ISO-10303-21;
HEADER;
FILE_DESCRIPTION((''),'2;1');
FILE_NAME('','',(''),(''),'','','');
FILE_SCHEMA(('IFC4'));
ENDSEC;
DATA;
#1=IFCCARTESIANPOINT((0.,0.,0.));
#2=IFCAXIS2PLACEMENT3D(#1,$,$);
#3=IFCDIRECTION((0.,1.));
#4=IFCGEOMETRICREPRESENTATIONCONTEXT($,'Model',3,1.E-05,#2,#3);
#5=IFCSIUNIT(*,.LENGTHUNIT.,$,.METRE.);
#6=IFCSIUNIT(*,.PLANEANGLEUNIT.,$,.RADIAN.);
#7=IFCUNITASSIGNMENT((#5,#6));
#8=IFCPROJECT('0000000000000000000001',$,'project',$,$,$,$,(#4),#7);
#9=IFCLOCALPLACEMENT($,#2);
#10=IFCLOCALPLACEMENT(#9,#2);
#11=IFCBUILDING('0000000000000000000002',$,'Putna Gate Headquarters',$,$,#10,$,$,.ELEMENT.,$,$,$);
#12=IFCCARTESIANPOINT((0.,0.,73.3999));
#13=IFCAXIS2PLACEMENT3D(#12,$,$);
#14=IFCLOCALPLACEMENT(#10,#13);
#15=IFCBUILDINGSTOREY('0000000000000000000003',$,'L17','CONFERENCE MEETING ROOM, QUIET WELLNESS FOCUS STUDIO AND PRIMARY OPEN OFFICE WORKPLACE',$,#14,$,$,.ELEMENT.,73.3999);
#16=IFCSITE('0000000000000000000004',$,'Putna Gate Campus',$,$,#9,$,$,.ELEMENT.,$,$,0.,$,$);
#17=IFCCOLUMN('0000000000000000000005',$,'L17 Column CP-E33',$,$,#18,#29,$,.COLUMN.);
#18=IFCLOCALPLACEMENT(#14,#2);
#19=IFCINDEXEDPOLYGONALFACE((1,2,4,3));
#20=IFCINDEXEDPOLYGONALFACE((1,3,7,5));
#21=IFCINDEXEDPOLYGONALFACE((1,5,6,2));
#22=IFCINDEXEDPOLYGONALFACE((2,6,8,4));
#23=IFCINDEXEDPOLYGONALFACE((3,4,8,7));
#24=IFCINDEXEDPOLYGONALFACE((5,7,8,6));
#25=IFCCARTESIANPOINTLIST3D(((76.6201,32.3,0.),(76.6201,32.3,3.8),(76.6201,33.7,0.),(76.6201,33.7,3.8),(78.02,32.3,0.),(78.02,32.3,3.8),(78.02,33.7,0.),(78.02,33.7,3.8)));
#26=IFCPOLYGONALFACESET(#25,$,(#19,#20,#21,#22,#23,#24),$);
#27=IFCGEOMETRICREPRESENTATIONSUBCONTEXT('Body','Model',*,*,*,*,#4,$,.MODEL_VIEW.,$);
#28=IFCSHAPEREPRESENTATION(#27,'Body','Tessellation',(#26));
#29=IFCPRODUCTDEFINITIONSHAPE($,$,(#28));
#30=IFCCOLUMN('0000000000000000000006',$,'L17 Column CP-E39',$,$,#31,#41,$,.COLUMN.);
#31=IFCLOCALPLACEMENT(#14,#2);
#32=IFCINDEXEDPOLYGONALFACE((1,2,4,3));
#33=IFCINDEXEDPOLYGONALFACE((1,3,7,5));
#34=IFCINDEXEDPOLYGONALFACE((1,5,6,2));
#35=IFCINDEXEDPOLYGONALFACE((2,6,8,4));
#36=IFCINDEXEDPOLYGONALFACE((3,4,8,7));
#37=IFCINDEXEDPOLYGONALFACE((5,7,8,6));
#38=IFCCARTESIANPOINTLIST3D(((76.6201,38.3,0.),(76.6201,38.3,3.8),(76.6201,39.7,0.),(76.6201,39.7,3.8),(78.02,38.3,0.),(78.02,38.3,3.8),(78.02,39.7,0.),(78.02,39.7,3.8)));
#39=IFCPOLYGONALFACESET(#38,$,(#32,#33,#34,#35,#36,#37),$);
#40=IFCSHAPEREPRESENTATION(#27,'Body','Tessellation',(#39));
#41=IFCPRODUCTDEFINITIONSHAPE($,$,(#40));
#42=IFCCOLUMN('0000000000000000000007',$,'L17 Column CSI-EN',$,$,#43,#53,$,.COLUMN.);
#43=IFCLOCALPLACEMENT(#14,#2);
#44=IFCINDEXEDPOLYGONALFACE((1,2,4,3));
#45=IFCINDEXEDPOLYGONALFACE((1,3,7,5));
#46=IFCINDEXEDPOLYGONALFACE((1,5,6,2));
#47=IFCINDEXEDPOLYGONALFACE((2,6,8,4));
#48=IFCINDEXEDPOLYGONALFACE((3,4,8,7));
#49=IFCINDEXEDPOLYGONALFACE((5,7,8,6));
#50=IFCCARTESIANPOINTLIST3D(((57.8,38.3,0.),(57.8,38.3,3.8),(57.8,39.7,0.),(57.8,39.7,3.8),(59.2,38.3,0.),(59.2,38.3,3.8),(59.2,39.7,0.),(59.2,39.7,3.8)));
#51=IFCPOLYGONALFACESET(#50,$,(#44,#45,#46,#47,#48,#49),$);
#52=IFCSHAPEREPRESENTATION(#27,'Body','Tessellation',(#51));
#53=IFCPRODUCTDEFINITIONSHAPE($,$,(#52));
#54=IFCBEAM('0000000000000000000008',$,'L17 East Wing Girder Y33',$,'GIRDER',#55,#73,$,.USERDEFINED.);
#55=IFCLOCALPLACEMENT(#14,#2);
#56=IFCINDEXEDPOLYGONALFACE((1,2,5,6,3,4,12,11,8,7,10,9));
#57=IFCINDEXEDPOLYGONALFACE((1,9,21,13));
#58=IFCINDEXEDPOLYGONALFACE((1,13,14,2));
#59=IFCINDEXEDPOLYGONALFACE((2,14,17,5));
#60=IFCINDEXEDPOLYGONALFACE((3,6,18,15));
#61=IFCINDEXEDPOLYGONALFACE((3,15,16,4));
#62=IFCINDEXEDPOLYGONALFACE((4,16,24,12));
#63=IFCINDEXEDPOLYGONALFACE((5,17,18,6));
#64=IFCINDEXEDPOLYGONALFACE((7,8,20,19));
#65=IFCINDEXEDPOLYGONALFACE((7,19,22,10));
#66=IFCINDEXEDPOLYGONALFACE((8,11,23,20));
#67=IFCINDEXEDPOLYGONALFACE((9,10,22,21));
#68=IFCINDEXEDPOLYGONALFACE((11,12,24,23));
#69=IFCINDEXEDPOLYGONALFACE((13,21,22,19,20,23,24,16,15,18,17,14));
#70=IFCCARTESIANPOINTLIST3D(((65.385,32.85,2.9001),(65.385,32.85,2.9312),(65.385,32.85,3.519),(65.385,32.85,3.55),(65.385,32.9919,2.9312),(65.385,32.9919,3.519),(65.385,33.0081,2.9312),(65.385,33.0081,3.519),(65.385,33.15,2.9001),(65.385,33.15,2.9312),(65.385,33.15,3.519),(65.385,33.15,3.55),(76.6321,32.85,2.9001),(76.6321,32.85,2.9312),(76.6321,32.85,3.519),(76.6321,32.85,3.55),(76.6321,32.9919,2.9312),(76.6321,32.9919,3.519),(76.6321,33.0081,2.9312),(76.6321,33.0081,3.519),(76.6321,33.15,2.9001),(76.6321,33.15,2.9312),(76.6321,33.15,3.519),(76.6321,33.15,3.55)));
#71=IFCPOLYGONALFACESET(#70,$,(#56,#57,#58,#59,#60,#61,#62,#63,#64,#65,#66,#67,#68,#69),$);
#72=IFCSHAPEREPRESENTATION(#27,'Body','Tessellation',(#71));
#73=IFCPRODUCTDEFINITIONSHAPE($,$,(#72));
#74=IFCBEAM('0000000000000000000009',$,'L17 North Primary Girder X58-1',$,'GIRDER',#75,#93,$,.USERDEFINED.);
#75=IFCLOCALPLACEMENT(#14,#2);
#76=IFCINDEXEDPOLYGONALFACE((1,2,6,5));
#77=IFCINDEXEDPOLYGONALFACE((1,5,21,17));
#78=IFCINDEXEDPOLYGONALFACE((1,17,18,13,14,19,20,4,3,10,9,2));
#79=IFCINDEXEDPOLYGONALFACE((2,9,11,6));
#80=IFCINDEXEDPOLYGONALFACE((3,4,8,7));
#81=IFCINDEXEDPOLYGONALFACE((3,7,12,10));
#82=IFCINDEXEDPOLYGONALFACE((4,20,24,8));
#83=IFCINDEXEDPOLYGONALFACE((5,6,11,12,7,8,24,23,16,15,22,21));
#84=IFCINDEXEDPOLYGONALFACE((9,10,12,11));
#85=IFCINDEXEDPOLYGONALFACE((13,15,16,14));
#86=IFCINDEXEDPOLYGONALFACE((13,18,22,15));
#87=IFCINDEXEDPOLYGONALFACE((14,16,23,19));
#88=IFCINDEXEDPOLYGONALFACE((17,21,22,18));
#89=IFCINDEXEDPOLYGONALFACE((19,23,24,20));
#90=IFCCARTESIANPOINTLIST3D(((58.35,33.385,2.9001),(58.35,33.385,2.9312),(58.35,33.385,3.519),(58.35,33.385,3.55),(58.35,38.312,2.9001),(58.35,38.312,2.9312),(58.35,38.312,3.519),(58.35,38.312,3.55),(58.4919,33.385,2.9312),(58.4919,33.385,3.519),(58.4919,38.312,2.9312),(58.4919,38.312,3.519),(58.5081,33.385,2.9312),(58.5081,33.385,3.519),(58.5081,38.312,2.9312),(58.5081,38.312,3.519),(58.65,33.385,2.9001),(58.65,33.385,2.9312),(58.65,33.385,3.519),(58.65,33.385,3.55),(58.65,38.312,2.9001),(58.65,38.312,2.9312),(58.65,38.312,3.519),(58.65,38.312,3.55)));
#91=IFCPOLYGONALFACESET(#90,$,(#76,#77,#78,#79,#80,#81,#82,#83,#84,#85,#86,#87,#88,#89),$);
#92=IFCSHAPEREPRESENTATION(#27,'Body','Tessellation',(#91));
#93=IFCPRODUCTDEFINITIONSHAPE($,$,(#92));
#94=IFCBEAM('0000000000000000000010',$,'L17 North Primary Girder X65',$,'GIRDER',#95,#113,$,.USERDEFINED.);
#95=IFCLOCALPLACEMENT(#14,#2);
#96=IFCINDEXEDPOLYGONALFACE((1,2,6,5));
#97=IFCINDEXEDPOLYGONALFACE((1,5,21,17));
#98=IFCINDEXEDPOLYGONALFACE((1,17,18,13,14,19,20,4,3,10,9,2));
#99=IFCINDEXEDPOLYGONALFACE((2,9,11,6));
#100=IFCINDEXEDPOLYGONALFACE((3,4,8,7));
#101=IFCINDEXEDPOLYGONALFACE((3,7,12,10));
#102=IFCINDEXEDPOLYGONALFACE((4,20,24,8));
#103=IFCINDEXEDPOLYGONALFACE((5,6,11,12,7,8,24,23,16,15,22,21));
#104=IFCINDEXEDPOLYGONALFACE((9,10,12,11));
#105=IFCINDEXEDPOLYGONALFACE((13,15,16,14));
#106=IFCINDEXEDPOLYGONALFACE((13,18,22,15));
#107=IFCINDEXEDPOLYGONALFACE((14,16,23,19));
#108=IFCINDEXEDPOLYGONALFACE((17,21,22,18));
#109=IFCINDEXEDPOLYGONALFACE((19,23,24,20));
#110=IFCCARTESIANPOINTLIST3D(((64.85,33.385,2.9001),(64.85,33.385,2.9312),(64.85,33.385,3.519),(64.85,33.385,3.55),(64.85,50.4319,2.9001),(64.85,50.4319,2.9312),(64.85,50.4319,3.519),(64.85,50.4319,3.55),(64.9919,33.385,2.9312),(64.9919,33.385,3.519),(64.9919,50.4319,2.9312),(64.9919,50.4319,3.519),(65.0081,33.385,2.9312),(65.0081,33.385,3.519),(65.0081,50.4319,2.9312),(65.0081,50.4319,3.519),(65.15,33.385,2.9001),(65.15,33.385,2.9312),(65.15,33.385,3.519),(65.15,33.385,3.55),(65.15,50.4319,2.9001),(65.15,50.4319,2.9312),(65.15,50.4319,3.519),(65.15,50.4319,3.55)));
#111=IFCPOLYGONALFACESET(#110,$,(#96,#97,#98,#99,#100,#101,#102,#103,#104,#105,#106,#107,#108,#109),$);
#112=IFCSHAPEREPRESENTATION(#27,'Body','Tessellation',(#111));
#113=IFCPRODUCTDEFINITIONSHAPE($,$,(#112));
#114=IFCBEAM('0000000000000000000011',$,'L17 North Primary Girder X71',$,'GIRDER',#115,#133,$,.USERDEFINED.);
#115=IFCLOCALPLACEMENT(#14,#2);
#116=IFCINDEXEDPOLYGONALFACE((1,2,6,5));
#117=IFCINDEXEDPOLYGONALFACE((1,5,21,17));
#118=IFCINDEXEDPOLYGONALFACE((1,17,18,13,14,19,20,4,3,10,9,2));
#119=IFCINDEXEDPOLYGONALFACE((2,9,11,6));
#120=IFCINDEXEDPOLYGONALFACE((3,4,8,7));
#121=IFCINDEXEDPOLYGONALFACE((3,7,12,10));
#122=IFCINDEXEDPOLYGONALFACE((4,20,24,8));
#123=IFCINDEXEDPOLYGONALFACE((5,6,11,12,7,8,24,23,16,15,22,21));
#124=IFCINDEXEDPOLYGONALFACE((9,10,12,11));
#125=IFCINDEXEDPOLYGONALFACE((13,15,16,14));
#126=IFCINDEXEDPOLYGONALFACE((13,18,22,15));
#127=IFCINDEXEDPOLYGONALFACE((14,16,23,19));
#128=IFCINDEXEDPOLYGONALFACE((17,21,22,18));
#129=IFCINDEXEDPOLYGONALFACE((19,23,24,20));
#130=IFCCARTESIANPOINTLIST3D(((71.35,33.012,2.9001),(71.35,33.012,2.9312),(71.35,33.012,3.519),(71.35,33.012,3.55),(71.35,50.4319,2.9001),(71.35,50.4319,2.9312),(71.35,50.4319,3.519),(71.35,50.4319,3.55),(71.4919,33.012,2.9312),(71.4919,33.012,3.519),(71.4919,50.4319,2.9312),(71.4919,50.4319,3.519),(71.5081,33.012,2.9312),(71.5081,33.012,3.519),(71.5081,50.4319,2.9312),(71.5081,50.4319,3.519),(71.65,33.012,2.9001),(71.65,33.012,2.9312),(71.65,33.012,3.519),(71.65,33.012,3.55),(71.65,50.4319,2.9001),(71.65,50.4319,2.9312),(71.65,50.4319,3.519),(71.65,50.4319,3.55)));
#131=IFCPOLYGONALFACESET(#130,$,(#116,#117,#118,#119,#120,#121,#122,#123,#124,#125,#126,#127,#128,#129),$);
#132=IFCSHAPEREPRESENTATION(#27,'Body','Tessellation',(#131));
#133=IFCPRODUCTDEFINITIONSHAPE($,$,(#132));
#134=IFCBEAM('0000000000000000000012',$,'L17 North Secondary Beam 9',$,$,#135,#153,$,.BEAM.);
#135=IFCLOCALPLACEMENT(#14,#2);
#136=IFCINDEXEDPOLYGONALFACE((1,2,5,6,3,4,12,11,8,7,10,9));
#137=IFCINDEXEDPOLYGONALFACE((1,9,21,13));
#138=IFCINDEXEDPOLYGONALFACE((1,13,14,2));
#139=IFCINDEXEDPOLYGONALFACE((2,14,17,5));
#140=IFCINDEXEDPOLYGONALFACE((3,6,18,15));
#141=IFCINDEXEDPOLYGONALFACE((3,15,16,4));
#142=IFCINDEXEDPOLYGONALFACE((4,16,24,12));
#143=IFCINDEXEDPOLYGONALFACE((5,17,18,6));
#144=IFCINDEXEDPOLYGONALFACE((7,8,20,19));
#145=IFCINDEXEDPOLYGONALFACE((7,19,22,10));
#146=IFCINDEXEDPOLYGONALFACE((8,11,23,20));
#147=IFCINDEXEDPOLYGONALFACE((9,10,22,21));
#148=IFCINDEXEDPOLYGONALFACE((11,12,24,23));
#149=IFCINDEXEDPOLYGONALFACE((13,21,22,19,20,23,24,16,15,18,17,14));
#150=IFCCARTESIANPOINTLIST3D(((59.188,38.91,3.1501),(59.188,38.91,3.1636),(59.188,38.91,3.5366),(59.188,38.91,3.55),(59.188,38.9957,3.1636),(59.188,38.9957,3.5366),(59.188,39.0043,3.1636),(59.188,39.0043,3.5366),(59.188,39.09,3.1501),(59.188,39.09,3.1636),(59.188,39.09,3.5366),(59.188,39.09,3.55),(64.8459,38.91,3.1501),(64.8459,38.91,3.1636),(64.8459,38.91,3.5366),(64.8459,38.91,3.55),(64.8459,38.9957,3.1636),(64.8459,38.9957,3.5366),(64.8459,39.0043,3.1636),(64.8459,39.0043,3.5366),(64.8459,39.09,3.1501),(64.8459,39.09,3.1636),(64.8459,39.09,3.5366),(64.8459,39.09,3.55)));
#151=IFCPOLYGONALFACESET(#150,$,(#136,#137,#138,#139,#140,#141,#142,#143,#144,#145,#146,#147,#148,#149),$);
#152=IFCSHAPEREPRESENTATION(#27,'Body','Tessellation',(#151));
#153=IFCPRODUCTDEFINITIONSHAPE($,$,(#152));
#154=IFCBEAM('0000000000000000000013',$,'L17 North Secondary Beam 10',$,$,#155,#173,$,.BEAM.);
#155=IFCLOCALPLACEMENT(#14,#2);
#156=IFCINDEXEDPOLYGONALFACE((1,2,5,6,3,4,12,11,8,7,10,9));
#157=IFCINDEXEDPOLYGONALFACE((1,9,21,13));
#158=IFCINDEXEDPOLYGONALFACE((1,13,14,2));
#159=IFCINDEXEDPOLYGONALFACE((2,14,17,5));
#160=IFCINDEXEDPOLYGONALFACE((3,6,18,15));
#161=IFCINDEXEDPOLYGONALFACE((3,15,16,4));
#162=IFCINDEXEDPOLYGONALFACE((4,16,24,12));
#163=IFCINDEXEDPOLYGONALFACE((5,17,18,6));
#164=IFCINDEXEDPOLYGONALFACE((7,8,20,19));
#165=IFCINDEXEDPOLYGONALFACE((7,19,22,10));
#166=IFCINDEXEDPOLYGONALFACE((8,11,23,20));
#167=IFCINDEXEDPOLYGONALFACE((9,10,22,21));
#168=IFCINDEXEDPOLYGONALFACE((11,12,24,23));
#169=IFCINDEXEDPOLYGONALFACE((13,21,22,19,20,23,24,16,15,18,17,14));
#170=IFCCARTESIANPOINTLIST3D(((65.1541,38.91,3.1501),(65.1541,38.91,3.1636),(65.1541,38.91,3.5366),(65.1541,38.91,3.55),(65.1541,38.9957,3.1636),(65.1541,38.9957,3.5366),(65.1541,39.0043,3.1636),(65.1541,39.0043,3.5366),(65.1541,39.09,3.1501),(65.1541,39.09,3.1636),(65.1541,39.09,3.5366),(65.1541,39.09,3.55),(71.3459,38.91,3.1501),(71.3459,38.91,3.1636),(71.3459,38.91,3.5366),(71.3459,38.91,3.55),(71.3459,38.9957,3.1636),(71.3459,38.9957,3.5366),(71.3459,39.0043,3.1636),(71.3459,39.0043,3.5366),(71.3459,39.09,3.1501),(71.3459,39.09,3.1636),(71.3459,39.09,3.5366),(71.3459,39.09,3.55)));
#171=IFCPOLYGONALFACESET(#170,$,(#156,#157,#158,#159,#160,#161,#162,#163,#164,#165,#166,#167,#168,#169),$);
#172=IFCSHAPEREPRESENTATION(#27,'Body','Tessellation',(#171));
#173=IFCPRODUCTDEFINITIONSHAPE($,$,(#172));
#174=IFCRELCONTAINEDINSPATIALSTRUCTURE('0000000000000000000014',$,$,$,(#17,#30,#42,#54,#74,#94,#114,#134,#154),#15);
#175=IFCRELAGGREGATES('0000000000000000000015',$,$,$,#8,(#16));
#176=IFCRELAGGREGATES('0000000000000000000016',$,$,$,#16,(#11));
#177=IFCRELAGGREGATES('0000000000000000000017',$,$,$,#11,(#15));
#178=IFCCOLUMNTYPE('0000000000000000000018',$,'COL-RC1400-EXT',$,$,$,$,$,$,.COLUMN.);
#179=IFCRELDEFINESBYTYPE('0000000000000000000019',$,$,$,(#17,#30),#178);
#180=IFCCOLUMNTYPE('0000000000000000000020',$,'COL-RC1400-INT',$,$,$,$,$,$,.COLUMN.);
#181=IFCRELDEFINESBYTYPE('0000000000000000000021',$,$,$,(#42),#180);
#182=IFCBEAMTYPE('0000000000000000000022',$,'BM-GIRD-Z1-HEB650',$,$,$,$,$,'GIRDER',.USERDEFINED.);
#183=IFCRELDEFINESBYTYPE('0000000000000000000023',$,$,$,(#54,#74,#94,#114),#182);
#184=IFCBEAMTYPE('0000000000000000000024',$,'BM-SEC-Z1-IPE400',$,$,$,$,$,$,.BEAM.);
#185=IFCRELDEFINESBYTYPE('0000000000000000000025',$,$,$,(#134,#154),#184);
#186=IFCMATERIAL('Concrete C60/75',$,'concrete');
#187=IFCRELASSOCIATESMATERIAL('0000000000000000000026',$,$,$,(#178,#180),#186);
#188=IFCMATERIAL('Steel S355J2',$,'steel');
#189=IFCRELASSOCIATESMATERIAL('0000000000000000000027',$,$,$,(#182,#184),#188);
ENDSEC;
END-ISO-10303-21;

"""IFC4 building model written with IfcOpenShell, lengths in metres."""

from ifc_helpers import new_model, si_unit, direction, frame, origin, origin_2d, place, context, subcontext, project, spatial, rectangle, i_section, extrude, material, material_profile, profile_set, type_object, element, save


model = new_model("IFC4")

# Units and contexts
model_context = context("Model", 3, precision=1e-05, world=origin(), true_north=direction((0.0, 1.0)))
body_context = subcontext(model_context, "Body", "Model", "MODEL_VIEW")
ifc_project = project(units=[si_unit("LENGTHUNIT", "METRE"), si_unit("PLANEANGLEUNIT", "RADIAN")], contexts=[model_context])

# Site, building, storey
site_placement = place(None, origin())
site = spatial("IfcSite", under=ifc_project, at=site_placement, Name="Putna Gate Campus", CompositionType="ELEMENT", RefElevation=0.0)
building_placement = place(site_placement, origin())
building = spatial("IfcBuilding", under=site, at=building_placement, Name="Putna Gate Headquarters", CompositionType="ELEMENT")
storey_placement = place(building_placement, frame((0.0, 0.0, 73.3999)))
storey = spatial("IfcBuildingStorey", under=building, at=storey_placement, Name="L17", Description="CONFERENCE MEETING ROOM, QUIET WELLNESS FOCUS STUDIO AND PRIMARY OPEN OFFICE WORKPLACE", CompositionType="ELEMENT", Elevation=73.3999)

# Columns
ifc_material_1 = material(Name="Concrete C60/75", Category="concrete")
ifc_material_profile_1 = material_profile(ifc_material_1, rectangle(XDim=1.3999, YDim=1.3999, at=origin_2d()), Name="Concrete C60/75")
ifc_profile_set_1 = profile_set([ifc_material_profile_1], Name="Concrete C60/75")
column_type_1 = type_object("IfcColumnType", Name="COL-RC1400-EXT", PredefinedType="COLUMN", material=ifc_profile_set_1)
for number, where, z_axis, x_axis, name in (
    (1, (77.3201, 33.0, 0.0), (0.0, 0.0, 1.0), (1.0, 0.0, 0.0), "L17 Column CP-E33"),
    (2, (77.3201, 39.0, 0.0), (0.0, 0.0, 1.0), (1.0, 0.0, 0.0), "L17 Column CP-E39"),
):
    element("IfcColumn", number, at=place(storey_placement, frame(where, z_axis=z_axis, x_axis=x_axis)), inside=storey, type_object=column_type_1, Name=name, PredefinedType="COLUMN", context=body_context, shape_type="SweptSolid", body=[
        extrude(rectangle(XDim=1.3999, YDim=1.3999, at=origin_2d()), origin(), (0.0, 0.0, 1.0), 3.8),
    ])
ifc_material_profile_2 = material_profile(ifc_material_1, rectangle(XDim=1.3999, YDim=1.3999, at=origin_2d()), Name="Concrete C60/75")
ifc_profile_set_2 = profile_set([ifc_material_profile_2], Name="Concrete C60/75")
column_type_2 = type_object("IfcColumnType", Name="COL-RC1400-INT", PredefinedType="COLUMN", material=ifc_profile_set_2)
column_placement = place(storey_placement, frame((58.5, 39.0, 0.0), z_axis=(0.0, 0.0, 1.0), x_axis=(1.0, 0.0, 0.0)))
element("IfcColumn", 3, at=column_placement, inside=storey, type_object=column_type_2, Name="L17 Column CSI-EN", PredefinedType="COLUMN", context=body_context, shape_type="SweptSolid", body=[
    extrude(rectangle(XDim=1.3999, YDim=1.3999, at=origin_2d()), origin(), (0.0, 0.0, 1.0), 3.8),
])

# Beams
ifc_material_2 = material(Name="Steel S355J2", Category="steel")
ifc_material_profile_3 = material_profile(ifc_material_2, i_section(OverallWidth=0.3, OverallDepth=0.6499, WebThickness=0.0161, FlangeThickness=0.031, at=origin_2d()), Name="Steel S355J2")
ifc_profile_set_3 = profile_set([ifc_material_profile_3], Name="Steel S355J2")
beam_type_1 = type_object("IfcBeamType", Name="BM-GIRD-Z1-HEB650", ElementType="GIRDER", PredefinedType="USERDEFINED", material=ifc_profile_set_3)
beam_1_placement = place(storey_placement, frame((65.385, 33.0, 3.2251), z_axis=(1.0, 0.0, 0.0), x_axis=(0.0, 1.0, 0.0)))
element("IfcBeam", 4, at=beam_1_placement, inside=storey, type_object=beam_type_1, Name="L17 East Wing Girder Y33", ObjectType="GIRDER", PredefinedType="USERDEFINED", context=body_context, shape_type="SweptSolid", body=[
    extrude(i_section(OverallWidth=0.3, OverallDepth=0.6499, WebThickness=0.0161, FlangeThickness=0.031, at=origin_2d()), origin(), (0.0, 0.0, 1.0), 11.2471),
])
beam_2_placement = place(storey_placement, frame((58.5, 33.385, 3.2251), z_axis=(0.0, 1.0, 0.0), x_axis=(-1.0, 0.0, 0.0)))
element("IfcBeam", 5, at=beam_2_placement, inside=storey, type_object=beam_type_1, Name="L17 North Primary Girder X58-1", ObjectType="GIRDER", PredefinedType="USERDEFINED", context=body_context, shape_type="SweptSolid", body=[
    extrude(i_section(OverallWidth=0.3, OverallDepth=0.6499, WebThickness=0.0161, FlangeThickness=0.031, at=origin_2d()), origin(), (0.0, 0.0, 1.0), 4.927),
])
beam_3_placement = place(storey_placement, frame((65.0, 33.385, 3.2251), z_axis=(0.0, 1.0, 0.0), x_axis=(-1.0, 0.0, 0.0)))
element("IfcBeam", 6, at=beam_3_placement, inside=storey, type_object=beam_type_1, Name="L17 North Primary Girder X65", ObjectType="GIRDER", PredefinedType="USERDEFINED", context=body_context, shape_type="SweptSolid", body=[
    extrude(i_section(OverallWidth=0.3, OverallDepth=0.6499, WebThickness=0.0161, FlangeThickness=0.031, at=origin_2d()), origin(), (0.0, 0.0, 1.0), 17.0469),
])
beam_4_placement = place(storey_placement, frame((71.5, 33.012, 3.2251), z_axis=(0.0, 1.0, 0.0), x_axis=(-1.0, 0.0, 0.0)))
element("IfcBeam", 7, at=beam_4_placement, inside=storey, type_object=beam_type_1, Name="L17 North Primary Girder X71", ObjectType="GIRDER", PredefinedType="USERDEFINED", context=body_context, shape_type="SweptSolid", body=[
    extrude(i_section(OverallWidth=0.3, OverallDepth=0.6499, WebThickness=0.0161, FlangeThickness=0.031, at=origin_2d()), origin(), (0.0, 0.0, 1.0), 17.4199),
])
ifc_material_profile_4 = material_profile(ifc_material_2, i_section(OverallWidth=0.1799, OverallDepth=0.3999, WebThickness=0.0085, FlangeThickness=0.0134, at=origin_2d()), Name="Steel S355J2")
ifc_profile_set_4 = profile_set([ifc_material_profile_4], Name="Steel S355J2")
beam_type_2 = type_object("IfcBeamType", Name="BM-SEC-Z1-IPE400", PredefinedType="BEAM", material=ifc_profile_set_4)
beam_5_placement = place(storey_placement, frame((59.188, 39.0, 3.3501), z_axis=(1.0, 0.0, 0.0), x_axis=(0.0, 1.0, 0.0)))
element("IfcBeam", 8, at=beam_5_placement, inside=storey, type_object=beam_type_2, Name="L17 North Secondary Beam 9", PredefinedType="BEAM", context=body_context, shape_type="SweptSolid", body=[
    extrude(i_section(OverallWidth=0.1799, OverallDepth=0.3999, WebThickness=0.0085, FlangeThickness=0.0134, at=origin_2d()), origin(), (0.0, 0.0, 1.0), 5.658),
])
beam_6_placement = place(storey_placement, frame((65.1541, 39.0, 3.3501), z_axis=(1.0, 0.0, 0.0), x_axis=(0.0, 1.0, 0.0)))
element("IfcBeam", 9, at=beam_6_placement, inside=storey, type_object=beam_type_2, Name="L17 North Secondary Beam 10", PredefinedType="BEAM", context=body_context, shape_type="SweptSolid", body=[
    extrude(i_section(OverallWidth=0.1799, OverallDepth=0.3999, WebThickness=0.0085, FlangeThickness=0.0134, at=origin_2d()), origin(), (0.0, 0.0, 1.0), 6.1919),
])

save(model, "model.ifc")
